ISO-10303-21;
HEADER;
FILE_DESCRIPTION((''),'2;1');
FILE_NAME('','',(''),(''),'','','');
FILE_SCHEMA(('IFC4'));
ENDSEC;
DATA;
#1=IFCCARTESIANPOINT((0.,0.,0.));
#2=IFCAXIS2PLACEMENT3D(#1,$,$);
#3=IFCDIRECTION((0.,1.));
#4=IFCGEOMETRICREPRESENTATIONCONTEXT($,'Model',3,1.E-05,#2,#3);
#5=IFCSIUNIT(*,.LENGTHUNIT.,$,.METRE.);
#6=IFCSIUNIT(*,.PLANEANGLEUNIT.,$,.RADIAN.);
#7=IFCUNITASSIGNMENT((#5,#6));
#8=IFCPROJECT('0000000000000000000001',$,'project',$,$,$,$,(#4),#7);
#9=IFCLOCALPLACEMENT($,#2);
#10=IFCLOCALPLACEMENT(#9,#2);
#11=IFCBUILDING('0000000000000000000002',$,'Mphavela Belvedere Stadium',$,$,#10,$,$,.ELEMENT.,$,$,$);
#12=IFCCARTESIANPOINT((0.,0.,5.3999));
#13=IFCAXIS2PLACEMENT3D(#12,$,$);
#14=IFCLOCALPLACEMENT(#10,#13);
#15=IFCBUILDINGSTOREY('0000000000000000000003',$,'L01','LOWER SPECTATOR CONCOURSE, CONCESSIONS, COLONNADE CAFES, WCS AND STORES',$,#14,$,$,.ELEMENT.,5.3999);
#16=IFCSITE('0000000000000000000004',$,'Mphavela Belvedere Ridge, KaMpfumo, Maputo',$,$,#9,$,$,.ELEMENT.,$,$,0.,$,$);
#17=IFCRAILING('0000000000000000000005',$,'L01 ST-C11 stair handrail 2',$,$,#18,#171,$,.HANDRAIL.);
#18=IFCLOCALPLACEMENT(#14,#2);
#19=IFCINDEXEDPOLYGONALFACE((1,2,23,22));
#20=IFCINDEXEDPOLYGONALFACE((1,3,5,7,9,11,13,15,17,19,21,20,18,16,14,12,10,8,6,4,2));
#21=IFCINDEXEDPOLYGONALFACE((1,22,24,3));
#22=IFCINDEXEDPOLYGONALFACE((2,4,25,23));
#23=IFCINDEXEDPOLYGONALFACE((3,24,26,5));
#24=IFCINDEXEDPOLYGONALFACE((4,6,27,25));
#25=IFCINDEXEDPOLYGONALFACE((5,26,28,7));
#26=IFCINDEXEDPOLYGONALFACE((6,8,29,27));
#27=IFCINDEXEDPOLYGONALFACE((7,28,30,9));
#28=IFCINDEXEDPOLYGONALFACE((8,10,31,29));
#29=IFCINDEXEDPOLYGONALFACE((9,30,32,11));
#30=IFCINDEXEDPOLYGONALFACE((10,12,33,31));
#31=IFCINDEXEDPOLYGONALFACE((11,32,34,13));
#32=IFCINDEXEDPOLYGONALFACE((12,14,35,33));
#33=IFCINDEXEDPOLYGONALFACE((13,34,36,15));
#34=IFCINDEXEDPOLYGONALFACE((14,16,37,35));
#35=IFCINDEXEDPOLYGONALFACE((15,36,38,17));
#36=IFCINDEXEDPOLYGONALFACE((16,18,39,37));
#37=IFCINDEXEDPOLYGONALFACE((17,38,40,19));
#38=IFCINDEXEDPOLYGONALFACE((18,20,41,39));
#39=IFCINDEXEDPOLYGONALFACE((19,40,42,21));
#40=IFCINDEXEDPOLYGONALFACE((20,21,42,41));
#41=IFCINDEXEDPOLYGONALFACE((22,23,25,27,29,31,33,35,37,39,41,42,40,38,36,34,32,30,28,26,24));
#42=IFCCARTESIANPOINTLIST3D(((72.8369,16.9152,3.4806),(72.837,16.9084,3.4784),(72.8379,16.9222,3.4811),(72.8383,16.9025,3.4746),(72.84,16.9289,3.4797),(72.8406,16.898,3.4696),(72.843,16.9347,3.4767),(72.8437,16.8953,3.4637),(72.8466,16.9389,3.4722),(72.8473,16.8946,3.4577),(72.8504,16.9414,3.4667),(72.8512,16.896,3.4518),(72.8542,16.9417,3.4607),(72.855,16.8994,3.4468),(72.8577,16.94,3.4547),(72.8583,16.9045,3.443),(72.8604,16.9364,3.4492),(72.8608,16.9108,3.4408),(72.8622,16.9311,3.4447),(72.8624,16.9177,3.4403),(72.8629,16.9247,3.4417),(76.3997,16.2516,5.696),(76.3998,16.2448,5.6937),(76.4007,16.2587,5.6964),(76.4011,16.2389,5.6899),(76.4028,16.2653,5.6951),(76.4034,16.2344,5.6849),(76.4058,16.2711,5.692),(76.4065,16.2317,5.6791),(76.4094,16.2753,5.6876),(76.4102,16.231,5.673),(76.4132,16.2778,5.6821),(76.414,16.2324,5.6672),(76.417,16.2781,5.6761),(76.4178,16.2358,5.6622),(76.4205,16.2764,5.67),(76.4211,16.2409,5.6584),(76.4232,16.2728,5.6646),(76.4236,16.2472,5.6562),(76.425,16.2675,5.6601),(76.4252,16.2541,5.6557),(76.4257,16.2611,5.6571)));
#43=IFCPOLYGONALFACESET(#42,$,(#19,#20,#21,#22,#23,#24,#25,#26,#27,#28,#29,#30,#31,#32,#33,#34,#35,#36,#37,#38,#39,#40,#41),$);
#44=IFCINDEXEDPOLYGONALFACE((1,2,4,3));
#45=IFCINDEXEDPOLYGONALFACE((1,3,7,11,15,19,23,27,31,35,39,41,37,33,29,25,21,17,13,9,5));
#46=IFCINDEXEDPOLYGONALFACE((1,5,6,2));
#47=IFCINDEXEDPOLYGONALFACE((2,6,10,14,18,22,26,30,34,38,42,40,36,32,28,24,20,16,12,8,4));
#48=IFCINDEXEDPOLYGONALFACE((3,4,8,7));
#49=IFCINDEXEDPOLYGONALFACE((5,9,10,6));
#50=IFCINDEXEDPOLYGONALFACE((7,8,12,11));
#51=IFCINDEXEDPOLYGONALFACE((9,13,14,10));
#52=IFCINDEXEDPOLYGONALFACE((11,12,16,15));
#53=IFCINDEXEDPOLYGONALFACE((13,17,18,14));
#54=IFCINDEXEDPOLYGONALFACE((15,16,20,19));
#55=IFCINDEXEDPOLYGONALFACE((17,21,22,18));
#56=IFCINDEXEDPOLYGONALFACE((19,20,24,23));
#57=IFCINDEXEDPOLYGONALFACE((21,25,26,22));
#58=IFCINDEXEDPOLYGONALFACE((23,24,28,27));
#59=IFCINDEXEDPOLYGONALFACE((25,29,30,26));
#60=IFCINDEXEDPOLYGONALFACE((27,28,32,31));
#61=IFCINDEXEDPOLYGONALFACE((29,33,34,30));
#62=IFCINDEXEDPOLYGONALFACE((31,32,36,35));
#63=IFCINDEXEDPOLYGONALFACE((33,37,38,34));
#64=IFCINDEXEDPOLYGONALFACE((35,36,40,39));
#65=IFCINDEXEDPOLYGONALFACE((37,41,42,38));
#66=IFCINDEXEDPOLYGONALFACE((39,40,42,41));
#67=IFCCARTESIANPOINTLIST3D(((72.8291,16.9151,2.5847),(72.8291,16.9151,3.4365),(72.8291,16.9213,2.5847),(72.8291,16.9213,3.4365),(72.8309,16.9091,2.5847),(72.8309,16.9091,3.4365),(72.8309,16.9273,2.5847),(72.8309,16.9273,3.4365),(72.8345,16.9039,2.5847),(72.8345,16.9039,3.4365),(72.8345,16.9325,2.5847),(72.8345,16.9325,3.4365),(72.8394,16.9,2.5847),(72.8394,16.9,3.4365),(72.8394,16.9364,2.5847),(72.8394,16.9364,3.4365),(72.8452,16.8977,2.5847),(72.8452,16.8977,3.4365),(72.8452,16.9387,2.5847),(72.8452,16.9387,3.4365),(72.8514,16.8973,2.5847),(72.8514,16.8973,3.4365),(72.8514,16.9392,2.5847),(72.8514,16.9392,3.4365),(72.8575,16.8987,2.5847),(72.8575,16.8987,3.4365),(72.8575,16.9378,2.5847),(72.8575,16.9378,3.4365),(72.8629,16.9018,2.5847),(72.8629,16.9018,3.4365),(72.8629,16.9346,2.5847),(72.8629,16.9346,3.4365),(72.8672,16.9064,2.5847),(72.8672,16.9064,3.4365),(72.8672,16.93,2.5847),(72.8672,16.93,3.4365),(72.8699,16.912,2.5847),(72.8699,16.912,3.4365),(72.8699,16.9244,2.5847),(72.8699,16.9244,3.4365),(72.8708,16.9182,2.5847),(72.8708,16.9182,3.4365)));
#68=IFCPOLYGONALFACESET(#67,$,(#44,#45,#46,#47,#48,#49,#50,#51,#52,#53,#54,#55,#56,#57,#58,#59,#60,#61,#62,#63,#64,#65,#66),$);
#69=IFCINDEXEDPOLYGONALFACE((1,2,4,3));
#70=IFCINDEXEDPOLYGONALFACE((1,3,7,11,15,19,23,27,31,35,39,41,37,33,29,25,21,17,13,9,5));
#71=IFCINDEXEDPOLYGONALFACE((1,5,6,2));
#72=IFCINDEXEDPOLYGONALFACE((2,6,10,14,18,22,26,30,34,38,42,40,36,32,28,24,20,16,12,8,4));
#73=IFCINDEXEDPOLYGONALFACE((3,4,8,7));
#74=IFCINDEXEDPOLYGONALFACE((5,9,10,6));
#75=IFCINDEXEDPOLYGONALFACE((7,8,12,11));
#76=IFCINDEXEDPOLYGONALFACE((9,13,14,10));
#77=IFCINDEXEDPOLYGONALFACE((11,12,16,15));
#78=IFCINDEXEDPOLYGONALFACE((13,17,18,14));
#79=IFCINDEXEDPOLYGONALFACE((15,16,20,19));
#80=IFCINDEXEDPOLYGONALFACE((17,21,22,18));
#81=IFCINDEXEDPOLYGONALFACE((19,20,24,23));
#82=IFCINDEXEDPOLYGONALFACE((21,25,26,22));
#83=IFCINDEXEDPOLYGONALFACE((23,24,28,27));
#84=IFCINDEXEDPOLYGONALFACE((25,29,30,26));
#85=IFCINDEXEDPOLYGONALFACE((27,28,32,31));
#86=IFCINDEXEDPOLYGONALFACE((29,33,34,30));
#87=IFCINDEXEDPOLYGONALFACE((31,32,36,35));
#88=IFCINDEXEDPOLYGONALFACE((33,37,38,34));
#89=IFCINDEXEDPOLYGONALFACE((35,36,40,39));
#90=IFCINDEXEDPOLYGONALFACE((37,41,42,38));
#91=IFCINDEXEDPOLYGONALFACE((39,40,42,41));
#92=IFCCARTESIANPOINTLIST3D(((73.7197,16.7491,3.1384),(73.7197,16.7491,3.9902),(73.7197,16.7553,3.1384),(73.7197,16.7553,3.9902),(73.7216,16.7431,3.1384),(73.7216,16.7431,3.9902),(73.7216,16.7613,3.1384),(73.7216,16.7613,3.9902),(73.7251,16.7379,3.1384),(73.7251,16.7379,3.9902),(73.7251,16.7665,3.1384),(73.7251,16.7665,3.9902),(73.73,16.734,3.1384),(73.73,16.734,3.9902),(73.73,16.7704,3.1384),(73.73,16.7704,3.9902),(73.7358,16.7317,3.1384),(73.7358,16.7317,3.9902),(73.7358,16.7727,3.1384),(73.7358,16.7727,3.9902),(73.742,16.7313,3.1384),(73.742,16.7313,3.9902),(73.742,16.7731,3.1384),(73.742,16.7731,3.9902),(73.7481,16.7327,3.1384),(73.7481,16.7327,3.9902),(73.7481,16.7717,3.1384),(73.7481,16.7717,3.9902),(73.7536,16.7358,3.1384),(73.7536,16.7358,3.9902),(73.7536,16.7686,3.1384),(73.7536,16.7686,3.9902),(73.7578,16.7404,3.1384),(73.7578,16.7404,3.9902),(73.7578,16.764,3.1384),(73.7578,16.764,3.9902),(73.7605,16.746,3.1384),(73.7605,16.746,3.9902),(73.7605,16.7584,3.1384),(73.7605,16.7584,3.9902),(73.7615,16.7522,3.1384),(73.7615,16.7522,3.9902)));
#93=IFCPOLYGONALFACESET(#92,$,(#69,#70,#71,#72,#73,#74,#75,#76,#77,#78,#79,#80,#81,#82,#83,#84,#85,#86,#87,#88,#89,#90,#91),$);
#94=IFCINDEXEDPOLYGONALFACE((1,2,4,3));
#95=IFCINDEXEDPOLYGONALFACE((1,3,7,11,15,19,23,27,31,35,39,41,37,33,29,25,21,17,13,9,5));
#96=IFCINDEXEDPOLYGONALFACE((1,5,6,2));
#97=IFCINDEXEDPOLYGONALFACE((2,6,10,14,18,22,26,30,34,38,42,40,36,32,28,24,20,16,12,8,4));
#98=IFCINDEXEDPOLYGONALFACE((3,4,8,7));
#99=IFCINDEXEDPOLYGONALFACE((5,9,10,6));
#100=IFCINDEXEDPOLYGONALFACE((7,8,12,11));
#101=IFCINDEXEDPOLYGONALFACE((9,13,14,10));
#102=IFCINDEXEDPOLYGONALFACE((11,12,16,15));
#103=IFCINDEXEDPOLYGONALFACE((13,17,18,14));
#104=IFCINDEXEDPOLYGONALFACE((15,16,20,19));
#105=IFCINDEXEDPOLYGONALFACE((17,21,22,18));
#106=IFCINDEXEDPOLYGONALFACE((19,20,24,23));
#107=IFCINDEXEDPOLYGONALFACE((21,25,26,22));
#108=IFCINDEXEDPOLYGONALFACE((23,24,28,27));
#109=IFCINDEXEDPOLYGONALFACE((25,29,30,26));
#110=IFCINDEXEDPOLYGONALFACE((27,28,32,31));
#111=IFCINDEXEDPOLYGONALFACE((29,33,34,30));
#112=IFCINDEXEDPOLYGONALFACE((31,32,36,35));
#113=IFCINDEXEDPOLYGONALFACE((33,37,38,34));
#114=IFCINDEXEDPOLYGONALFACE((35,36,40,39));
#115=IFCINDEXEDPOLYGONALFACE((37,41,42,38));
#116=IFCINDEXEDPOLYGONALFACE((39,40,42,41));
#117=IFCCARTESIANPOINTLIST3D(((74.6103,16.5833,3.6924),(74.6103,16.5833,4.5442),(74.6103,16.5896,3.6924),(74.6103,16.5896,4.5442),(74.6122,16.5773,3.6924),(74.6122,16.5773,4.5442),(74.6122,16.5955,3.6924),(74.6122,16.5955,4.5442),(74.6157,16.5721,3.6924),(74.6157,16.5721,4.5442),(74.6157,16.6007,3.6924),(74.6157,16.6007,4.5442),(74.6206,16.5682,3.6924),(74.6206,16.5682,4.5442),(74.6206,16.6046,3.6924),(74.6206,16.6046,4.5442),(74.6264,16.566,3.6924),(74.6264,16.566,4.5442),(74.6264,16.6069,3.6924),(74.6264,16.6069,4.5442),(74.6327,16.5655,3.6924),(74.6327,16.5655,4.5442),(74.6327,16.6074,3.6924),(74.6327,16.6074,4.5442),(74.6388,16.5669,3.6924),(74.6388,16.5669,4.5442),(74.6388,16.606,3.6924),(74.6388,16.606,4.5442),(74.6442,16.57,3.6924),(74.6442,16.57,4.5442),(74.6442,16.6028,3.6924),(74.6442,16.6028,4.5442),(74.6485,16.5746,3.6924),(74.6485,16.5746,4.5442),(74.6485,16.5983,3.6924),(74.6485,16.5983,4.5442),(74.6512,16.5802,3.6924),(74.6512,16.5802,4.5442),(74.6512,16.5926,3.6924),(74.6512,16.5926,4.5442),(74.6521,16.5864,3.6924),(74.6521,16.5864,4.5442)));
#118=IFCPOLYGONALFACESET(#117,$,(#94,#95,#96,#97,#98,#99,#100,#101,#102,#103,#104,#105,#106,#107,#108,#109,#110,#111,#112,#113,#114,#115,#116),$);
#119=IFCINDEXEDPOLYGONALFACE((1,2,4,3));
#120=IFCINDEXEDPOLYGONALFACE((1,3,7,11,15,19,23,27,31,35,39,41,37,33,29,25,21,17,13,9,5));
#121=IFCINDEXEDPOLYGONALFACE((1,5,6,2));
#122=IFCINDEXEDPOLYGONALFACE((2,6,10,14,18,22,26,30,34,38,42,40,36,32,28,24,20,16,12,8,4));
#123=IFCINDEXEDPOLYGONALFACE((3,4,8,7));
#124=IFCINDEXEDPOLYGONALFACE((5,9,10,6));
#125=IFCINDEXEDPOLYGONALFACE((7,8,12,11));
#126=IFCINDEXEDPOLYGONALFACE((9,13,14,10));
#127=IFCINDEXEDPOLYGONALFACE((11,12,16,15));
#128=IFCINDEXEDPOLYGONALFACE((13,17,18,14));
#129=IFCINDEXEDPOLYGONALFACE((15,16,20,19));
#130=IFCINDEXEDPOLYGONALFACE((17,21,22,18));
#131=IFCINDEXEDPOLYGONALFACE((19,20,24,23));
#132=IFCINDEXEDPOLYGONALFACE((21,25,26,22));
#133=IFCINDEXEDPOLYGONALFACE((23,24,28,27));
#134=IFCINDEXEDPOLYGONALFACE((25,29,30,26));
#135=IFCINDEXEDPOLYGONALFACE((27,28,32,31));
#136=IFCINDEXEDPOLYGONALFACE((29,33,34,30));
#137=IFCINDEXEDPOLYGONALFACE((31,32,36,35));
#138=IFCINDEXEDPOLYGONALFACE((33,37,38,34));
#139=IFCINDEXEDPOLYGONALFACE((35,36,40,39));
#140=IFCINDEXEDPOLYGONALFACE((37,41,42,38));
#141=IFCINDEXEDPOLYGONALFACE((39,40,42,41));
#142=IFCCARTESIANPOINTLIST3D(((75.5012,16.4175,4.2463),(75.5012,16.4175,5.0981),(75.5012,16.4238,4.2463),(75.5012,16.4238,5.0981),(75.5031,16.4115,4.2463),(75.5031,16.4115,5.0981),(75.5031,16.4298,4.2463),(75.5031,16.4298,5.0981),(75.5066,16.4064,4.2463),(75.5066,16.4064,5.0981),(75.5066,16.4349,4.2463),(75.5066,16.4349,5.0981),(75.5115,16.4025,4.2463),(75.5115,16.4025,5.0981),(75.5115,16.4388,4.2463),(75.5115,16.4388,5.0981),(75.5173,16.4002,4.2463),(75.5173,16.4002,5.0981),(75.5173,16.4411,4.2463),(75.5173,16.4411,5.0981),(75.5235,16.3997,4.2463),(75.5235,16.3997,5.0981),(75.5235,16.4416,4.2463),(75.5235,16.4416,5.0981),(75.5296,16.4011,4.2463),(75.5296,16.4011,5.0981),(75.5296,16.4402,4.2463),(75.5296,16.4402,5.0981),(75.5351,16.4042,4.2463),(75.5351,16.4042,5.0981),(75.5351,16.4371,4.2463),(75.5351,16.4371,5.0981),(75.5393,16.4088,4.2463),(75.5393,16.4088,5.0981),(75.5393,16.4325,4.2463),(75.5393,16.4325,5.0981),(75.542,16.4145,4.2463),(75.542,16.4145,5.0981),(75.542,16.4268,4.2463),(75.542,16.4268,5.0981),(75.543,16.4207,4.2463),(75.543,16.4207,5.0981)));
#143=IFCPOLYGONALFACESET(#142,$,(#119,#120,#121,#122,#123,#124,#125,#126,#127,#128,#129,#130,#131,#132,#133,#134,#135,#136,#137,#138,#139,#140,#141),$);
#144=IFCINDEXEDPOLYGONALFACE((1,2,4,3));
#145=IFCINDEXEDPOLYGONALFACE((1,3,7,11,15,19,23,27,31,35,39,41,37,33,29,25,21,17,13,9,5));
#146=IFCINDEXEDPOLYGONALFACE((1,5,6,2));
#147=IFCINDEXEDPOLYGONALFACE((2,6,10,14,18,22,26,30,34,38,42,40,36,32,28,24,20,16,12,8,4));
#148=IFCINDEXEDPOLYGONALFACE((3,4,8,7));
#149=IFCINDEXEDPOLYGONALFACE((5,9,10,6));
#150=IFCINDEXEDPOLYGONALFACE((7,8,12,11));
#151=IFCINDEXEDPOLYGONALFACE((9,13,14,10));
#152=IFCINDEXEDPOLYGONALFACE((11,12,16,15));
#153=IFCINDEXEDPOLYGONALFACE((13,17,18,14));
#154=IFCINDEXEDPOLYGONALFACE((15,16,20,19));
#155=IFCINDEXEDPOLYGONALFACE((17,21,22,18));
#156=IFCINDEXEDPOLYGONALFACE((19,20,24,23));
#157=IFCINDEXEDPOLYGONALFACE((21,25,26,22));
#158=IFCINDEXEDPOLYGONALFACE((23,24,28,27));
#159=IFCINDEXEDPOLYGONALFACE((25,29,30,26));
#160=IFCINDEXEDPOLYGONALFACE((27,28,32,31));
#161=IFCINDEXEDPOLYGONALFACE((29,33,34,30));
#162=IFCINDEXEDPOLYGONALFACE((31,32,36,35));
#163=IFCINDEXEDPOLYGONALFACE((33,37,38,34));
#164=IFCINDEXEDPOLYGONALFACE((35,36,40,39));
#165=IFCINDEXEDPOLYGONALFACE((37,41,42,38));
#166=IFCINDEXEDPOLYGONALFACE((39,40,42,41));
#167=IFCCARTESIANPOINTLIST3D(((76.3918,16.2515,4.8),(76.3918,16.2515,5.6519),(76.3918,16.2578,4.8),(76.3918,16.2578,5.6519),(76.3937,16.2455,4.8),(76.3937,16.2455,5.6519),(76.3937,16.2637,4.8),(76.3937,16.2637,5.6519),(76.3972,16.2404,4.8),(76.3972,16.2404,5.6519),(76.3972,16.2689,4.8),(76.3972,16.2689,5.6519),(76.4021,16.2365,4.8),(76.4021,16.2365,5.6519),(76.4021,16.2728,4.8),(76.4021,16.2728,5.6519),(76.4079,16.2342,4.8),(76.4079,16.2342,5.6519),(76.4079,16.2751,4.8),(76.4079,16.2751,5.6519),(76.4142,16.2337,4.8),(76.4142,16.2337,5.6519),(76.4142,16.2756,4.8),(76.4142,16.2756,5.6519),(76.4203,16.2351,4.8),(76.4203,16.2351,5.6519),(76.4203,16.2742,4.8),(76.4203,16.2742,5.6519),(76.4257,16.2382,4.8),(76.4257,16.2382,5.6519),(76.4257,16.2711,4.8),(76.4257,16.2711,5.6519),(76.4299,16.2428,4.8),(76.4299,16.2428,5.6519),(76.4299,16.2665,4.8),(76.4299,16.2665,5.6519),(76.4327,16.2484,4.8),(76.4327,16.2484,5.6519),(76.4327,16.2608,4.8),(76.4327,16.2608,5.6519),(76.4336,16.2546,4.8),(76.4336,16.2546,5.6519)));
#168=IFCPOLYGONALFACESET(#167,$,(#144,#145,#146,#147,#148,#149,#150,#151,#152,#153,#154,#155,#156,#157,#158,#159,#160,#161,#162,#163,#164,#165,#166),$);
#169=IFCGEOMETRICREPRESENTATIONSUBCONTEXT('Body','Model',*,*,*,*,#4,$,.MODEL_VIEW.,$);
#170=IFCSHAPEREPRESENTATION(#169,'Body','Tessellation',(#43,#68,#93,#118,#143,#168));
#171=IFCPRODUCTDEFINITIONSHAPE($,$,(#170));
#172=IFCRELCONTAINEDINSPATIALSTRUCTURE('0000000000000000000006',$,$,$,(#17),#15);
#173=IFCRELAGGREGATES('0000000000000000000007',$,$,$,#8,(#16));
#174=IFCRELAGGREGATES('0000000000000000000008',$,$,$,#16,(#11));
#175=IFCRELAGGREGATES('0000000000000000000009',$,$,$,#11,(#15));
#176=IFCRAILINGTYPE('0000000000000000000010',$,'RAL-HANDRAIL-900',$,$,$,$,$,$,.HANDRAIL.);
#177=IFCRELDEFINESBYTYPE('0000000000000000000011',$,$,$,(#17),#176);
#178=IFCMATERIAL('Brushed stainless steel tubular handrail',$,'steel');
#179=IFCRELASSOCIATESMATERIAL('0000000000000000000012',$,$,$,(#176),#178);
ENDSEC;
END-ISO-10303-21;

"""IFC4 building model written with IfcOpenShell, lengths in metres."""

from ifc_helpers import new_model, si_unit, direction, frame, origin, origin_2d, place, context, subcontext, project, spatial, circle, extrude, material, type_object, element, save


model = new_model("IFC4")

# Units and contexts
model_context = context("Model", 3, precision=1e-05, world=origin(), true_north=direction((0.0, 1.0)))
body_context = subcontext(model_context, "Body", "Model", "MODEL_VIEW")
ifc_project = project(units=[si_unit("LENGTHUNIT", "METRE"), si_unit("PLANEANGLEUNIT", "RADIAN")], contexts=[model_context])

# Site, building, storey
site_placement = place(None, origin())
site = spatial("IfcSite", under=ifc_project, at=site_placement, Name="Mphavela Belvedere Ridge, KaMpfumo, Maputo", CompositionType="ELEMENT", RefElevation=0.0)
building_placement = place(site_placement, origin())
building = spatial("IfcBuilding", under=site, at=building_placement, Name="Mphavela Belvedere Stadium", CompositionType="ELEMENT")
storey_placement = place(building_placement, frame((0.0, 0.0, 5.3999)))
storey = spatial("IfcBuildingStorey", under=building, at=storey_placement, Name="L01", Description="LOWER SPECTATOR CONCOURSE, CONCESSIONS, COLONNADE CAFES, WCS AND STORES", CompositionType="ELEMENT", Elevation=5.3999)

# Railing
ifc_material_1 = material(Name="Brushed stainless steel tubular handrail", Category="steel")
railing_type_1 = type_object("IfcRailingType", Name="RAL-HANDRAIL-900", PredefinedType="HANDRAIL", material=ifc_material_1)
railing_1_placement = place(storey_placement, frame((72.8499, 16.9182, 2.5847)))
element("IfcRailing", 1, at=railing_1_placement, inside=storey, type_object=railing_type_1, Name="L01 ST-C11 stair handrail 2", PredefinedType="HANDRAIL", context=body_context, shape_type="SweptSolid", body=[
    extrude(circle(Radius=0.0239, at=origin_2d()), frame((0.0, 0.0, 0.876), z_axis=(0.838788, -0.156227, 0.521563), x_axis=(0.183105, 0.983093, 0.0)), (0.0, 0.0, 1.0), 4.2476),
    extrude(circle(Radius=0.021, at=origin_2d()), origin(), (0.0, 0.0, 1.0), 0.8518),
    extrude(circle(Radius=0.021, at=origin_2d()), frame((0.8906, -0.166, 0.5537)), (0.0, 0.0, 1.0), 0.8518),
    extrude(circle(Radius=0.021, at=origin_2d()), frame((1.7812, -0.3318, 1.1077)), (0.0, 0.0, 1.0), 0.8518),
    extrude(circle(Radius=0.021, at=origin_2d()), frame((2.6721, -0.4976, 1.6616)), (0.0, 0.0, 1.0), 0.8518),
    extrude(circle(Radius=0.021, at=origin_2d()), frame((3.5627, -0.6636, 2.2153)), (0.0, 0.0, 1.0), 0.8518),
])

save(model, "model.ifc")
